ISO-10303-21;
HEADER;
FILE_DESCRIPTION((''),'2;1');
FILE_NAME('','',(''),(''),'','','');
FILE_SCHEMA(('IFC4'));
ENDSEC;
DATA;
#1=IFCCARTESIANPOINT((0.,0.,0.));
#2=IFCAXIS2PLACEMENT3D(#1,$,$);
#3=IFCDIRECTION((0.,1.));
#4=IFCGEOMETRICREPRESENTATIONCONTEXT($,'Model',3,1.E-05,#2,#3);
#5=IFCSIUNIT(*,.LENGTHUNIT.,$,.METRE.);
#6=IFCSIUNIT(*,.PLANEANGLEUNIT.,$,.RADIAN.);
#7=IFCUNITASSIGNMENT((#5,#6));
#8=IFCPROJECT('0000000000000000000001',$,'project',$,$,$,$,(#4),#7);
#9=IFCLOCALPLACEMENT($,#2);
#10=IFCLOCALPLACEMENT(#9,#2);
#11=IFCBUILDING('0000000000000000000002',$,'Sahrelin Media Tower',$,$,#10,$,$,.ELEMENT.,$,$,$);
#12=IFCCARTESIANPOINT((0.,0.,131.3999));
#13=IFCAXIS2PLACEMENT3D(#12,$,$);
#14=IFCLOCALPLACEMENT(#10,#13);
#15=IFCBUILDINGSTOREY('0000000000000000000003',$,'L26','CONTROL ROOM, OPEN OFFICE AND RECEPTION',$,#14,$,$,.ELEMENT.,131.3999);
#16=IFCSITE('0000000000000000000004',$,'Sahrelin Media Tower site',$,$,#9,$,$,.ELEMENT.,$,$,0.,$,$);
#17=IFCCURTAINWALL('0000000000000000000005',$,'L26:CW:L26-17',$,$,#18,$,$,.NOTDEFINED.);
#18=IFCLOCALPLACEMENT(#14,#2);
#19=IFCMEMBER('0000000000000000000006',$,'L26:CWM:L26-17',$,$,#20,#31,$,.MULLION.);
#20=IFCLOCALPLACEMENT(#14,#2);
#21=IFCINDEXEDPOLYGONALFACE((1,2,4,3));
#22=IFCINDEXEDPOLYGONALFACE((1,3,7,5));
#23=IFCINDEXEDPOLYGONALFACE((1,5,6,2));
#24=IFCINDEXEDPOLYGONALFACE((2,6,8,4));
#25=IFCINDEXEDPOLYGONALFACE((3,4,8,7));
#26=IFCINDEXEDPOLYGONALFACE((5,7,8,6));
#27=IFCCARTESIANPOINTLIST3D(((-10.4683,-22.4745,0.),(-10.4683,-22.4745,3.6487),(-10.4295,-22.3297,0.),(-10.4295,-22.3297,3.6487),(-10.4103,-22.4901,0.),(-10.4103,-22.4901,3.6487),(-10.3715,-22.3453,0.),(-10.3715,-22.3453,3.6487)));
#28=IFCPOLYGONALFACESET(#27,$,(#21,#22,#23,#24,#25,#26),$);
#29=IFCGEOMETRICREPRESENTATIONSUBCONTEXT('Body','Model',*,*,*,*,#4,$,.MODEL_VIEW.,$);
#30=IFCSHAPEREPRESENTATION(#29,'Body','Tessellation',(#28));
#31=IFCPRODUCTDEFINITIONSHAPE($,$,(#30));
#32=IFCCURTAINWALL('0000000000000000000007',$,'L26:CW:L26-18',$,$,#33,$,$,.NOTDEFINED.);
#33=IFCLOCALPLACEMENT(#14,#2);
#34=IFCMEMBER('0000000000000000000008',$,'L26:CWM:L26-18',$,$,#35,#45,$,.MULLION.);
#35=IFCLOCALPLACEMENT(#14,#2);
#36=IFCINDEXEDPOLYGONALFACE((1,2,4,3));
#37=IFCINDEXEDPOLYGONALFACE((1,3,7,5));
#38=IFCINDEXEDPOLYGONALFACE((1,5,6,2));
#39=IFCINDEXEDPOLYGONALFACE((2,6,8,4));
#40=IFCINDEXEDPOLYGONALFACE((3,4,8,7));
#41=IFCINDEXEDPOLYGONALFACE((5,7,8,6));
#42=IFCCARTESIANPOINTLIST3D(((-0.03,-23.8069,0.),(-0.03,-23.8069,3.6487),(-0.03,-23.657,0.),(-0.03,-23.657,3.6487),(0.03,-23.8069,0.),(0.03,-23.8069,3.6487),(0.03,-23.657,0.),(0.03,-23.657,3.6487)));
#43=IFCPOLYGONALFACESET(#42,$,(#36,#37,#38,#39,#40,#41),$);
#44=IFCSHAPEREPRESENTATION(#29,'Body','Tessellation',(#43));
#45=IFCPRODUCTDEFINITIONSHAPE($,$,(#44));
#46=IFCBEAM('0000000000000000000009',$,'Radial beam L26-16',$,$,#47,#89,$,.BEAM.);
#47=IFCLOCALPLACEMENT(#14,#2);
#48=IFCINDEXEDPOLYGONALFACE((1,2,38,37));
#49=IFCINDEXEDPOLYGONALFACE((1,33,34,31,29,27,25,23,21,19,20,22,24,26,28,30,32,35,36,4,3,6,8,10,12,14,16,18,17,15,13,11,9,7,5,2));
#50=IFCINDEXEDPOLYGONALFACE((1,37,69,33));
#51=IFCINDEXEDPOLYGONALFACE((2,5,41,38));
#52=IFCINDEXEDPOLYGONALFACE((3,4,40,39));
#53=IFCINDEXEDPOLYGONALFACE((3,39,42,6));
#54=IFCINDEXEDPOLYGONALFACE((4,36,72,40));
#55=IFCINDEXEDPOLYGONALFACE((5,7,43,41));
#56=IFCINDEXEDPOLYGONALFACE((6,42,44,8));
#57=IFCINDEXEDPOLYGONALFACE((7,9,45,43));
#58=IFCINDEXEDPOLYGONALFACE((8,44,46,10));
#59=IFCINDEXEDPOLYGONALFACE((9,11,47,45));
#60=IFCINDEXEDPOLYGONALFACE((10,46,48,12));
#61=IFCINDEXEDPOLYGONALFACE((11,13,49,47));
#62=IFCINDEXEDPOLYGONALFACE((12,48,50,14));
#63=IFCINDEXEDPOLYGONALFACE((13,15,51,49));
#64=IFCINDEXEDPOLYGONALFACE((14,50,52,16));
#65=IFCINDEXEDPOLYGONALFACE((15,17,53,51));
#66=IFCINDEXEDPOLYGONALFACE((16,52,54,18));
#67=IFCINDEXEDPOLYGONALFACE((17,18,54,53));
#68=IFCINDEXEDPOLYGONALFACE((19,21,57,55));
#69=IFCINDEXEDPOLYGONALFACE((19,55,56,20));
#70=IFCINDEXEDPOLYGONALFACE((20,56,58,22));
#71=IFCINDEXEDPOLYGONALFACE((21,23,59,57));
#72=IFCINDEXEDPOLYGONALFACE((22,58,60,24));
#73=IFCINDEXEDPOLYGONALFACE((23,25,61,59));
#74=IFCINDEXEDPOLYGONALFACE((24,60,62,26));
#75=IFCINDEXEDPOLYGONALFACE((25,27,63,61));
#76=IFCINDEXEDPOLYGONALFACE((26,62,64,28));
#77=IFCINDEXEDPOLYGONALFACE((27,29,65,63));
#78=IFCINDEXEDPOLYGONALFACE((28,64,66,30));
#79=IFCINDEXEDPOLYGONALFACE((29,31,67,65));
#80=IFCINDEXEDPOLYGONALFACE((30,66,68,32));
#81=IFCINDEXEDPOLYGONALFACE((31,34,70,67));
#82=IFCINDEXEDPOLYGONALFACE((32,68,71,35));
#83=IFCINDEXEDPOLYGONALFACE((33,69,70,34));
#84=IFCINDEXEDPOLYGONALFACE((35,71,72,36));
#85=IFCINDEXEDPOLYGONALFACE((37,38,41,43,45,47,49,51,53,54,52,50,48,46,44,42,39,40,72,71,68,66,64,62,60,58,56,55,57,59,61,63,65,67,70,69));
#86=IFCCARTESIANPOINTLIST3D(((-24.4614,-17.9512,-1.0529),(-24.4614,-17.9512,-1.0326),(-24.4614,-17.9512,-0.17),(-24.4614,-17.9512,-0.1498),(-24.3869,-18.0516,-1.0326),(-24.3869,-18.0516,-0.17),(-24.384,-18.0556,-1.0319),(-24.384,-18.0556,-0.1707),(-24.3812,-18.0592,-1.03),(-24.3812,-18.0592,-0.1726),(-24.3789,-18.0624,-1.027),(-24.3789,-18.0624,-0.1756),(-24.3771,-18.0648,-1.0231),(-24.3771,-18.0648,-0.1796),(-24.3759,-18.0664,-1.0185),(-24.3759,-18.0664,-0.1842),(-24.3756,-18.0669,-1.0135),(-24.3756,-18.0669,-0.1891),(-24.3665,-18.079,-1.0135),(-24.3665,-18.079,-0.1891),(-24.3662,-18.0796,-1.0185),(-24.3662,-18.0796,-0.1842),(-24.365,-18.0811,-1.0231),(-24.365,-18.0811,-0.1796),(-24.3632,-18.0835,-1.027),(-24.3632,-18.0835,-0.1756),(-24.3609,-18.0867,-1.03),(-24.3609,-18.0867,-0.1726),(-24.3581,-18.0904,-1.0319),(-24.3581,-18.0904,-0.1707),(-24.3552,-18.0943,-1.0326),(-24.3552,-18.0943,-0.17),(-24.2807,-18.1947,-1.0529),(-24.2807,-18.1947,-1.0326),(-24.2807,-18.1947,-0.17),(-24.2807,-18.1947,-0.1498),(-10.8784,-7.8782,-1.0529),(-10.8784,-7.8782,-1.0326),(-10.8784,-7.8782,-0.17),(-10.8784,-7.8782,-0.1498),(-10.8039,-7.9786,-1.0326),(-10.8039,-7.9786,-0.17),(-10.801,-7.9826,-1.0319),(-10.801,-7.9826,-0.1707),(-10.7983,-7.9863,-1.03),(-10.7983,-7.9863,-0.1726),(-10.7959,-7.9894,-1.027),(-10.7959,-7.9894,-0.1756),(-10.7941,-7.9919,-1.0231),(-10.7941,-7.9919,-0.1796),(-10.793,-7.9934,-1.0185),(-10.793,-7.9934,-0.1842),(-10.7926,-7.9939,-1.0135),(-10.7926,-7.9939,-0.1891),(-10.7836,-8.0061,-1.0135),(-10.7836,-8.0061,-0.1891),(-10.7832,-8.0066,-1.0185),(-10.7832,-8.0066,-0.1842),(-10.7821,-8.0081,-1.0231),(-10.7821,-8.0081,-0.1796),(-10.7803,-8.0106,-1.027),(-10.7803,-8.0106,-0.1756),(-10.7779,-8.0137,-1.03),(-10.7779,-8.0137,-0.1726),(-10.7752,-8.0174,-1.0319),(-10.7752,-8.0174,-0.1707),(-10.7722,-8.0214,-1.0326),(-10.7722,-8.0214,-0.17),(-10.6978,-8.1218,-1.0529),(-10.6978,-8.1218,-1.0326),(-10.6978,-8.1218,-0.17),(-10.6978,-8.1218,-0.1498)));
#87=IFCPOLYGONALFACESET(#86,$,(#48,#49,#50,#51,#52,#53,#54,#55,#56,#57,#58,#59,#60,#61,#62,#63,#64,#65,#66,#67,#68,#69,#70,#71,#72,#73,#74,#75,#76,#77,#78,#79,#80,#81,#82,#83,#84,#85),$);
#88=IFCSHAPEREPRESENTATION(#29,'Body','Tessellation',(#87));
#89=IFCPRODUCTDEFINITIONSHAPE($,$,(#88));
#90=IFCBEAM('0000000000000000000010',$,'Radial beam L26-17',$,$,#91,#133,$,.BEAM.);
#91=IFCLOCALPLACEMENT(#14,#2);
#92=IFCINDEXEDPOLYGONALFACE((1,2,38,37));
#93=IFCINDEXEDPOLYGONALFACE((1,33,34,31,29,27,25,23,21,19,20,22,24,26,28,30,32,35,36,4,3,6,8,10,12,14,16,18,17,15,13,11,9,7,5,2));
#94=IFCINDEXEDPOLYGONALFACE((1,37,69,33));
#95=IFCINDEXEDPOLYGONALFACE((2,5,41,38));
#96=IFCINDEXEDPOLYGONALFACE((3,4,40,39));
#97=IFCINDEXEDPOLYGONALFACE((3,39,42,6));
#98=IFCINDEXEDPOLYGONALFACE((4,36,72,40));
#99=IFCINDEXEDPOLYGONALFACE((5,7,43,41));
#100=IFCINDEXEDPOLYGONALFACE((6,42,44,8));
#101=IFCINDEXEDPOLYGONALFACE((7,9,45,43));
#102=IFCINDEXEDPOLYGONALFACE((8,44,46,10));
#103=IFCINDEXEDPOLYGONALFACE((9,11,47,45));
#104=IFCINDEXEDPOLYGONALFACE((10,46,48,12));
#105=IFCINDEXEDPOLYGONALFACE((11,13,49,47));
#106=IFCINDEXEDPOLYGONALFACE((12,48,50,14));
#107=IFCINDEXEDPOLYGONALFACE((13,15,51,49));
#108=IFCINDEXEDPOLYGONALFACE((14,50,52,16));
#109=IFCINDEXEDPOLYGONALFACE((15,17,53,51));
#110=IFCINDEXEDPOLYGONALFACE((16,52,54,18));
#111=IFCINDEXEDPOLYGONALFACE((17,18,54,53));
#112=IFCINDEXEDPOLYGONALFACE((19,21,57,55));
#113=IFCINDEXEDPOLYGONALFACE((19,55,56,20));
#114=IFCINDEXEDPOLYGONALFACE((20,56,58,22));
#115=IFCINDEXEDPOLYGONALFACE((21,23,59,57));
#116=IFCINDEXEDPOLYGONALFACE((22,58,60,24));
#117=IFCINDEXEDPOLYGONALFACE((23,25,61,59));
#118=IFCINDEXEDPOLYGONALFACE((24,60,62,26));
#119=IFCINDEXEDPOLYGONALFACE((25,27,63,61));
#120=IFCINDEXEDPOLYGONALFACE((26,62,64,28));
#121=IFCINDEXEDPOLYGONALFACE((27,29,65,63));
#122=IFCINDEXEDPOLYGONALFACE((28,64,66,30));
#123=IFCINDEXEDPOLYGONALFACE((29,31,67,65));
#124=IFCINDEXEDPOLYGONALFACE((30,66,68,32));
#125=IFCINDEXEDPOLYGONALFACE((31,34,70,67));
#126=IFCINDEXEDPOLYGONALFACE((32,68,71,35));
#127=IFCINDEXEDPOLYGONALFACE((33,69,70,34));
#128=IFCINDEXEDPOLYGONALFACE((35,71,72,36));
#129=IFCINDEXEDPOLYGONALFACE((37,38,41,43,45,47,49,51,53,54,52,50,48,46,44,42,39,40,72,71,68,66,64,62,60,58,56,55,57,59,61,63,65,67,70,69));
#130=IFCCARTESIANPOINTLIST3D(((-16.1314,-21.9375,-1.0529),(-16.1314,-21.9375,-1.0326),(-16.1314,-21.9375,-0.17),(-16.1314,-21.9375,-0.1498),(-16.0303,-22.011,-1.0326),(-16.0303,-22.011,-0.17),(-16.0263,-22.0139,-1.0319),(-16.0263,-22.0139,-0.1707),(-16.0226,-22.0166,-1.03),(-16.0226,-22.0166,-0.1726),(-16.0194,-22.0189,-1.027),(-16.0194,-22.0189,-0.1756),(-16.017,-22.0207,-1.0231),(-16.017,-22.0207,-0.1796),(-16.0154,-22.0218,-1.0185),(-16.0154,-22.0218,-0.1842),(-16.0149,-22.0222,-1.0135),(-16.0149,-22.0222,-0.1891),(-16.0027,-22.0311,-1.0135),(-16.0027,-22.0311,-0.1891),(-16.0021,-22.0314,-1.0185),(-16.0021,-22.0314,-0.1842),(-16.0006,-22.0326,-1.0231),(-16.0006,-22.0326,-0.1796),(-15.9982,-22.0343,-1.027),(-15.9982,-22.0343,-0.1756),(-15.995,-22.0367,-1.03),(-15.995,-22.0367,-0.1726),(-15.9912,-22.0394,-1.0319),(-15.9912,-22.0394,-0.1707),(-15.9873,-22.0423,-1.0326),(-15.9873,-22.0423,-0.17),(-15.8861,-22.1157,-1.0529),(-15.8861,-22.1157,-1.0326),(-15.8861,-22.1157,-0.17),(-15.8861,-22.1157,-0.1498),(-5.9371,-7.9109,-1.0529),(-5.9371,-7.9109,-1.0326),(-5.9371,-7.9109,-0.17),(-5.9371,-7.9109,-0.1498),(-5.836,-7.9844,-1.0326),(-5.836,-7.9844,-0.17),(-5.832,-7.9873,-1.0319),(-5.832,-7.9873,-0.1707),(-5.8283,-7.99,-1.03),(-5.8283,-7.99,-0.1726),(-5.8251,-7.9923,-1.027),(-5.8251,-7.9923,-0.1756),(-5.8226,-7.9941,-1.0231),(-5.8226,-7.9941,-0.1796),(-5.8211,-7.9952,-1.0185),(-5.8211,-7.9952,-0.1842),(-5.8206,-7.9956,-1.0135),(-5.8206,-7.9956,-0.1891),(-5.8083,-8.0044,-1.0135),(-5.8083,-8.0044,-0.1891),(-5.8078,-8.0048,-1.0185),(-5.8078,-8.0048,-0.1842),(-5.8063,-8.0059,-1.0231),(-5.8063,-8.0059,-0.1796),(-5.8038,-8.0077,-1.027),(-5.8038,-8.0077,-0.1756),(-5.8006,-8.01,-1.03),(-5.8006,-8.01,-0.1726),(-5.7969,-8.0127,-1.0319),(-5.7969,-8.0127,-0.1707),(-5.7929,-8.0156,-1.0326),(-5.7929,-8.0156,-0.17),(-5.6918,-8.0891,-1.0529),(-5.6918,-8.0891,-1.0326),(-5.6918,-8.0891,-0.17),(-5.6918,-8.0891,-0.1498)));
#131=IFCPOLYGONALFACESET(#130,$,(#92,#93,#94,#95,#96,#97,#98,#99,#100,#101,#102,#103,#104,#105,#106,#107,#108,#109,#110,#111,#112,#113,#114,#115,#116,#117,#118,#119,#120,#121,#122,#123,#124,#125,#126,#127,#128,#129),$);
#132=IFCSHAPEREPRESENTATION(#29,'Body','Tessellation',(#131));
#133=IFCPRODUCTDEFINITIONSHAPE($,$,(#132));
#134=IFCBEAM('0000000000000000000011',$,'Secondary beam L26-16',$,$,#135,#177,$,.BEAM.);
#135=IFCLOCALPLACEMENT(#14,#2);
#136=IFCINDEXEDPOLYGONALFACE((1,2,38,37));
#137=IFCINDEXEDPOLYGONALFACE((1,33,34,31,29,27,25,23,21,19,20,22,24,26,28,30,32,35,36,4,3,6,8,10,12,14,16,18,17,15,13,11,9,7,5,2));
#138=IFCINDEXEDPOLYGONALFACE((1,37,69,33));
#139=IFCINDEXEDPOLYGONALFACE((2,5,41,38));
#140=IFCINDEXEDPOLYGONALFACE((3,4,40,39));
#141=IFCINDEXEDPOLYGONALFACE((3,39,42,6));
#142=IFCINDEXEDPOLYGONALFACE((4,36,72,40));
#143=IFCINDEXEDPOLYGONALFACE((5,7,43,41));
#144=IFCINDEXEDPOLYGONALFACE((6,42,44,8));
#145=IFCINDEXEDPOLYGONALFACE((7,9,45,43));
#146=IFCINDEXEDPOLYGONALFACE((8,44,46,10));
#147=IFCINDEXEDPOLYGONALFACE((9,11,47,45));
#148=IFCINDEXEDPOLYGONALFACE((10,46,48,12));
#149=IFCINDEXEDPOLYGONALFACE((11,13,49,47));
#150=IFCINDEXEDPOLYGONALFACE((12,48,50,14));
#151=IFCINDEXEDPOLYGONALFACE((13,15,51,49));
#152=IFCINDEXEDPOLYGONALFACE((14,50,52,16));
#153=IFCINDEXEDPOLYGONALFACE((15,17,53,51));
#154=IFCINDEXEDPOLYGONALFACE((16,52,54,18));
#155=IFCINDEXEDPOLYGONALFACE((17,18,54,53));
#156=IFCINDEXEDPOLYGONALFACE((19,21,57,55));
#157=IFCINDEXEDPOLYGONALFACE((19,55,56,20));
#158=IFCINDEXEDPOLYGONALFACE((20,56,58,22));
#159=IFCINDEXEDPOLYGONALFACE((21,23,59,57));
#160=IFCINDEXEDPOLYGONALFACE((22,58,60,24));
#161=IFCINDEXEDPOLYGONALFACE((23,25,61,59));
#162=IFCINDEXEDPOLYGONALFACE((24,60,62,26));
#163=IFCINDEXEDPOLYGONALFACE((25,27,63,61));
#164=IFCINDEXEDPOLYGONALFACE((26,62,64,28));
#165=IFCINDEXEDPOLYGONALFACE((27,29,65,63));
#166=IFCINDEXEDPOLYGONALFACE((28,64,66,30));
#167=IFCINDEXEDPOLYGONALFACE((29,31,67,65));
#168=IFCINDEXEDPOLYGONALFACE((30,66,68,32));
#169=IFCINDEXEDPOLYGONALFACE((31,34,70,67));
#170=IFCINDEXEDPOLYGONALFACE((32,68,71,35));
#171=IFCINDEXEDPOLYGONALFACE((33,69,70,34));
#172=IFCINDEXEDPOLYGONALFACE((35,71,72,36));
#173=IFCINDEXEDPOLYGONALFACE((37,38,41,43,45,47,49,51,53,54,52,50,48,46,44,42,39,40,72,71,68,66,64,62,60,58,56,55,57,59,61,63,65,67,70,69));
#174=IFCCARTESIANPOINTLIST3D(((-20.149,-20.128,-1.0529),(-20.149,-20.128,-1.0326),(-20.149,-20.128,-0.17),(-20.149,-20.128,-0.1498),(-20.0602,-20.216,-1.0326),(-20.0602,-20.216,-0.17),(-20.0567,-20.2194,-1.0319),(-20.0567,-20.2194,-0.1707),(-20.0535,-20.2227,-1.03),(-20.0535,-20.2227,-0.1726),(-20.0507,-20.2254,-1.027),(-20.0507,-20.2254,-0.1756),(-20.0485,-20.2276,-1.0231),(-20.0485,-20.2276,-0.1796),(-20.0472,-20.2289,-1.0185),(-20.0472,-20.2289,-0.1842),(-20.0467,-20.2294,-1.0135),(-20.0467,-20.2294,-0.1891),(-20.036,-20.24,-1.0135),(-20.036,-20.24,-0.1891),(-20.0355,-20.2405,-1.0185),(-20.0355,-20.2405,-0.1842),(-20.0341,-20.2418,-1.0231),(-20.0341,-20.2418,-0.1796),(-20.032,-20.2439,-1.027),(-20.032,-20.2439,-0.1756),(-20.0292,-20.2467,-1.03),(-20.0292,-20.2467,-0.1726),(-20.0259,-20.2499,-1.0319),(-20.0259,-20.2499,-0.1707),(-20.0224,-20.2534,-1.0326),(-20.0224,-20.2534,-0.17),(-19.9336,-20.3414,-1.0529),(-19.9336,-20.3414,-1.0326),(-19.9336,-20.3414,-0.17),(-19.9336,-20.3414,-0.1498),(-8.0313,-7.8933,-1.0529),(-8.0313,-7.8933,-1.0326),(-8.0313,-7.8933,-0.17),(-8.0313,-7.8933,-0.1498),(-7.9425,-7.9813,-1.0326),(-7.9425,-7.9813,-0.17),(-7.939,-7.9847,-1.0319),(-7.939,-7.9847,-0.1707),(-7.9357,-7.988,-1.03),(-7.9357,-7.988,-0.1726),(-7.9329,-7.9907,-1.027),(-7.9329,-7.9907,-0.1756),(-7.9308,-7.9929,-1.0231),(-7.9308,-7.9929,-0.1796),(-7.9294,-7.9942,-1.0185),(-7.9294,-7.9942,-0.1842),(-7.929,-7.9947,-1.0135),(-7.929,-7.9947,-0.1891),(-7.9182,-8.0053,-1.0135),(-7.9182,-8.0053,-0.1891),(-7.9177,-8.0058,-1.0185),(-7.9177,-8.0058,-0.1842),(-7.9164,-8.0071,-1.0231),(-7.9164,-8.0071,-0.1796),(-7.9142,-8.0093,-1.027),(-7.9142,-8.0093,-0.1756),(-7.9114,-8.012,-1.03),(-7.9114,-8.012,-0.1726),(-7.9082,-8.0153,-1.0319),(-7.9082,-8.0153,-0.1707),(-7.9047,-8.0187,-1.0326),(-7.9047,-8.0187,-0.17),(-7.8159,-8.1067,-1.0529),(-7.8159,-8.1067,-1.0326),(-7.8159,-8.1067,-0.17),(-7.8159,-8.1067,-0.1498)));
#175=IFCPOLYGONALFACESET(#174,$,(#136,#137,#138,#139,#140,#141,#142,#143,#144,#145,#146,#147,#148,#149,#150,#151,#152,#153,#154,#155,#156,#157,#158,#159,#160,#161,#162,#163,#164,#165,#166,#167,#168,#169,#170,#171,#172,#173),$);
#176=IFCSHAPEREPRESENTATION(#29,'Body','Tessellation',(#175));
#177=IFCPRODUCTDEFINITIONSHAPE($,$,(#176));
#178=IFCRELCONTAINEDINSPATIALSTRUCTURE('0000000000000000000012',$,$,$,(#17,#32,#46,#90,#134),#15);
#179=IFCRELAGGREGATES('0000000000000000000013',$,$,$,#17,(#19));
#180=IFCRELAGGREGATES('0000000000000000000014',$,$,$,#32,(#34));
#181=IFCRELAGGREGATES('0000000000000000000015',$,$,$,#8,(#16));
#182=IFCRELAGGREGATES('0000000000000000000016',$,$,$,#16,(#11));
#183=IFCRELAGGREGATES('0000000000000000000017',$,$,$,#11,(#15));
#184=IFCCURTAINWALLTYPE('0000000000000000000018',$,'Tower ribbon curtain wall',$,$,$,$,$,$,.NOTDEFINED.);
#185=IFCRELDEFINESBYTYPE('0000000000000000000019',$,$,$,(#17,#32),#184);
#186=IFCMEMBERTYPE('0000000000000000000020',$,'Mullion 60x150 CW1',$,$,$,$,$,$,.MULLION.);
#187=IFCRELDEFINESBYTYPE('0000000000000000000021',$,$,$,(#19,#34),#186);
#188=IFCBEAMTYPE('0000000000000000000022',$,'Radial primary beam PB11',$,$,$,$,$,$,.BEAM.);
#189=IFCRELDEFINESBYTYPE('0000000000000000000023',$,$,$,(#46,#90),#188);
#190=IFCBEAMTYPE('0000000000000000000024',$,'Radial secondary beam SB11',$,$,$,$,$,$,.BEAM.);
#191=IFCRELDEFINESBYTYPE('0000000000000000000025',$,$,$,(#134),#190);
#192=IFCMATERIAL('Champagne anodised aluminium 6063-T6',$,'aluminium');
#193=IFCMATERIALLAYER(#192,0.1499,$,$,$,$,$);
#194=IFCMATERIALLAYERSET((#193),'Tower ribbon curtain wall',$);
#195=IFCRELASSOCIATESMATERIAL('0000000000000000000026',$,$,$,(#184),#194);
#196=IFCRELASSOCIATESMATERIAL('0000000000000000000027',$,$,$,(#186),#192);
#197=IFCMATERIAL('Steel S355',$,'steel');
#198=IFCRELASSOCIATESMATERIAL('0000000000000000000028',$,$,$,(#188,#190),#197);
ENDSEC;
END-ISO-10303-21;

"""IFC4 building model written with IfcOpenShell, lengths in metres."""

from ifc_helpers import new_model, si_unit, direction, frame, origin, origin_2d, place, context, subcontext, project, spatial, rectangle, i_section, extrude, material, layer, layer_set, material_profile, profile_set, type_object, element, aggregate, save


model = new_model("IFC4")

# Units and contexts
model_context = context("Model", 3, precision=1e-05, world=origin(), true_north=direction((0.0, 1.0)))
body_context = subcontext(model_context, "Body", "Model", "MODEL_VIEW")
ifc_project = project(units=[si_unit("LENGTHUNIT", "METRE"), si_unit("PLANEANGLEUNIT", "RADIAN")], contexts=[model_context])

# Site, building, storey
site_placement = place(None, origin())
site = spatial("IfcSite", under=ifc_project, at=site_placement, Name="Sahrelin Media Tower site", CompositionType="ELEMENT", RefElevation=0.0)
building_placement = place(site_placement, origin())
building = spatial("IfcBuilding", under=site, at=building_placement, Name="Sahrelin Media Tower", CompositionType="ELEMENT")
storey_placement = place(building_placement, frame((0.0, 0.0, 131.3999)))
storey = spatial("IfcBuildingStorey", under=building, at=storey_placement, Name="L26", Description="CONTROL ROOM, OPEN OFFICE AND RECEPTION", CompositionType="ELEMENT", Elevation=131.3999)

# Shared definitions
ifc_material_1 = material(Name="Steel S355", Category="steel")

# Curtain walls, members
ifc_material_2 = material(Name="Champagne anodised aluminium 6063-T6", Category="aluminium")
ifc_layer_1 = layer(ifc_material_2, 0.1499)
ifc_layer_set_1 = layer_set([ifc_layer_1], Name="Tower ribbon curtain wall")
curtain_wall_type = type_object("IfcCurtainWallType", Name="Tower ribbon curtain wall", PredefinedType="NOTDEFINED", material=ifc_layer_set_1)
ifc_material_profile_1 = material_profile(ifc_material_2, rectangle(XDim=0.0601, YDim=0.1499, at=origin_2d()), Name="Mullion 60x150")
ifc_profile_set_1 = profile_set([ifc_material_profile_1], Name="Champagne anodised aluminium 6063-T6")
member_type_1 = type_object("IfcMemberType", Name="Mullion 60x150 CW1", PredefinedType="MULLION", material=ifc_profile_set_1)
curtain_wall_1_placement = place(storey_placement, frame((-10.4443, -22.5017, 0.0), z_axis=(0.0, 0.0, 1.0), x_axis=(1.0, 0.0, 0.0)))
curtain_wall_1 = element("IfcCurtainWall", 1, at=curtain_wall_1_placement, inside=storey, type_object=curtain_wall_type, Name="L26:CW:L26-17", PredefinedType="NOTDEFINED")
member_1_placement = place(storey_placement, frame((-10.4199, -22.4099, 0.0), z_axis=(0.0, 0.0, 1.0), x_axis=(0.965926, -0.258817, 0.0)))
member_1 = element("IfcMember", 2, at=member_1_placement, type_object=member_type_1, Name="L26:CWM:L26-17", PredefinedType="MULLION", context=body_context, shape_type="SweptSolid", body=[
    extrude(rectangle(XDim=0.0601, YDim=0.1499, at=origin_2d()), origin(), (0.0, 0.0, 1.0), 3.6487),
])
curtain_wall_2_placement = place(storey_placement, frame((0.0, -23.8269, 0.0), z_axis=(0.0, 0.0, 1.0), x_axis=(1.0, 0.0, 0.0)))
curtain_wall_2 = element("IfcCurtainWall", 3, at=curtain_wall_2_placement, inside=storey, type_object=curtain_wall_type, Name="L26:CW:L26-18", PredefinedType="NOTDEFINED")
member_2_placement = place(storey_placement, frame((0.0, -23.7319, 0.0), z_axis=(0.0, 0.0, 1.0), x_axis=(1.0, 0.0, 0.0)))
member_2 = element("IfcMember", 4, at=member_2_placement, type_object=member_type_1, Name="L26:CWM:L26-18", PredefinedType="MULLION", context=body_context, shape_type="SweptSolid", body=[
    extrude(rectangle(XDim=0.0601, YDim=0.1499, at=origin_2d()), origin(), (0.0, 0.0, 1.0), 3.6487),
])

# Beams
ifc_material_profile_2 = material_profile(ifc_material_1, i_section(OverallWidth=0.3032, OverallDepth=0.9031, WebThickness=0.0151, FlangeThickness=0.0203, FilletRadius=0.019, at=origin_2d()), Name="UB 914x305x201")
ifc_profile_set_2 = profile_set([ifc_material_profile_2], Name="Steel S355")
beam_type_1 = type_object("IfcBeamType", Name="Radial primary beam PB11", PredefinedType="BEAM", material=ifc_profile_set_2)
beam_1_placement = place(storey_placement, frame((-10.7881, -8.0, -0.6013), z_axis=(-0.803231, -0.595667, 0.0), x_axis=(0.595667, -0.803231, 0.0)))
element("IfcBeam", 5, at=beam_1_placement, inside=storey, type_object=beam_type_1, Name="Radial beam L26-16", PredefinedType="BEAM", context=body_context, shape_type="SweptSolid", body=[
    extrude(i_section(OverallWidth=0.3032, OverallDepth=0.9031, WebThickness=0.0151, FlangeThickness=0.0203, FilletRadius=0.019, at=origin_2d()), origin(), (0.0, 0.0, 1.0), 16.9104),
])
beam_2_placement = place(storey_placement, frame((-5.8145, -8.0, -0.6013), z_axis=(-0.587914, -0.808924, 0.0), x_axis=(0.808924, -0.587914, 0.0)))
element("IfcBeam", 6, at=beam_2_placement, inside=storey, type_object=beam_type_1, Name="Radial beam L26-17", PredefinedType="BEAM", context=body_context, shape_type="SweptSolid", body=[
    extrude(i_section(OverallWidth=0.3032, OverallDepth=0.9031, WebThickness=0.0151, FlangeThickness=0.0203, FilletRadius=0.019, at=origin_2d()), origin(), (0.0, 0.0, 1.0), 17.3398),
])
ifc_material_profile_3 = material_profile(ifc_material_1, i_section(OverallWidth=0.3032, OverallDepth=0.9031, WebThickness=0.0151, FlangeThickness=0.0203, FilletRadius=0.019, at=origin_2d()), Name="UB 914x305x201")
ifc_profile_set_3 = profile_set([ifc_material_profile_3], Name="Steel S355")
beam_type_2 = type_object("IfcBeamType", Name="Radial secondary beam SB11", PredefinedType="BEAM", material=ifc_profile_set_3)
beam_3_placement = place(storey_placement, frame((-7.9236, -8.0, -0.6013), z_axis=(-0.703703, -0.710494, 0.0), x_axis=(0.710494, -0.703703, 0.0)))
element("IfcBeam", 7, at=beam_3_placement, inside=storey, type_object=beam_type_2, Name="Secondary beam L26-16", PredefinedType="BEAM", context=body_context, shape_type="SweptSolid", body=[
    extrude(i_section(OverallWidth=0.3032, OverallDepth=0.9031, WebThickness=0.0151, FlangeThickness=0.0203, FilletRadius=0.019, at=origin_2d()), origin(), (0.0, 0.0, 1.0), 17.22),
])

aggregate(curtain_wall_1, [member_1])
aggregate(curtain_wall_2, [member_2])

save(model, "model.ifc")
